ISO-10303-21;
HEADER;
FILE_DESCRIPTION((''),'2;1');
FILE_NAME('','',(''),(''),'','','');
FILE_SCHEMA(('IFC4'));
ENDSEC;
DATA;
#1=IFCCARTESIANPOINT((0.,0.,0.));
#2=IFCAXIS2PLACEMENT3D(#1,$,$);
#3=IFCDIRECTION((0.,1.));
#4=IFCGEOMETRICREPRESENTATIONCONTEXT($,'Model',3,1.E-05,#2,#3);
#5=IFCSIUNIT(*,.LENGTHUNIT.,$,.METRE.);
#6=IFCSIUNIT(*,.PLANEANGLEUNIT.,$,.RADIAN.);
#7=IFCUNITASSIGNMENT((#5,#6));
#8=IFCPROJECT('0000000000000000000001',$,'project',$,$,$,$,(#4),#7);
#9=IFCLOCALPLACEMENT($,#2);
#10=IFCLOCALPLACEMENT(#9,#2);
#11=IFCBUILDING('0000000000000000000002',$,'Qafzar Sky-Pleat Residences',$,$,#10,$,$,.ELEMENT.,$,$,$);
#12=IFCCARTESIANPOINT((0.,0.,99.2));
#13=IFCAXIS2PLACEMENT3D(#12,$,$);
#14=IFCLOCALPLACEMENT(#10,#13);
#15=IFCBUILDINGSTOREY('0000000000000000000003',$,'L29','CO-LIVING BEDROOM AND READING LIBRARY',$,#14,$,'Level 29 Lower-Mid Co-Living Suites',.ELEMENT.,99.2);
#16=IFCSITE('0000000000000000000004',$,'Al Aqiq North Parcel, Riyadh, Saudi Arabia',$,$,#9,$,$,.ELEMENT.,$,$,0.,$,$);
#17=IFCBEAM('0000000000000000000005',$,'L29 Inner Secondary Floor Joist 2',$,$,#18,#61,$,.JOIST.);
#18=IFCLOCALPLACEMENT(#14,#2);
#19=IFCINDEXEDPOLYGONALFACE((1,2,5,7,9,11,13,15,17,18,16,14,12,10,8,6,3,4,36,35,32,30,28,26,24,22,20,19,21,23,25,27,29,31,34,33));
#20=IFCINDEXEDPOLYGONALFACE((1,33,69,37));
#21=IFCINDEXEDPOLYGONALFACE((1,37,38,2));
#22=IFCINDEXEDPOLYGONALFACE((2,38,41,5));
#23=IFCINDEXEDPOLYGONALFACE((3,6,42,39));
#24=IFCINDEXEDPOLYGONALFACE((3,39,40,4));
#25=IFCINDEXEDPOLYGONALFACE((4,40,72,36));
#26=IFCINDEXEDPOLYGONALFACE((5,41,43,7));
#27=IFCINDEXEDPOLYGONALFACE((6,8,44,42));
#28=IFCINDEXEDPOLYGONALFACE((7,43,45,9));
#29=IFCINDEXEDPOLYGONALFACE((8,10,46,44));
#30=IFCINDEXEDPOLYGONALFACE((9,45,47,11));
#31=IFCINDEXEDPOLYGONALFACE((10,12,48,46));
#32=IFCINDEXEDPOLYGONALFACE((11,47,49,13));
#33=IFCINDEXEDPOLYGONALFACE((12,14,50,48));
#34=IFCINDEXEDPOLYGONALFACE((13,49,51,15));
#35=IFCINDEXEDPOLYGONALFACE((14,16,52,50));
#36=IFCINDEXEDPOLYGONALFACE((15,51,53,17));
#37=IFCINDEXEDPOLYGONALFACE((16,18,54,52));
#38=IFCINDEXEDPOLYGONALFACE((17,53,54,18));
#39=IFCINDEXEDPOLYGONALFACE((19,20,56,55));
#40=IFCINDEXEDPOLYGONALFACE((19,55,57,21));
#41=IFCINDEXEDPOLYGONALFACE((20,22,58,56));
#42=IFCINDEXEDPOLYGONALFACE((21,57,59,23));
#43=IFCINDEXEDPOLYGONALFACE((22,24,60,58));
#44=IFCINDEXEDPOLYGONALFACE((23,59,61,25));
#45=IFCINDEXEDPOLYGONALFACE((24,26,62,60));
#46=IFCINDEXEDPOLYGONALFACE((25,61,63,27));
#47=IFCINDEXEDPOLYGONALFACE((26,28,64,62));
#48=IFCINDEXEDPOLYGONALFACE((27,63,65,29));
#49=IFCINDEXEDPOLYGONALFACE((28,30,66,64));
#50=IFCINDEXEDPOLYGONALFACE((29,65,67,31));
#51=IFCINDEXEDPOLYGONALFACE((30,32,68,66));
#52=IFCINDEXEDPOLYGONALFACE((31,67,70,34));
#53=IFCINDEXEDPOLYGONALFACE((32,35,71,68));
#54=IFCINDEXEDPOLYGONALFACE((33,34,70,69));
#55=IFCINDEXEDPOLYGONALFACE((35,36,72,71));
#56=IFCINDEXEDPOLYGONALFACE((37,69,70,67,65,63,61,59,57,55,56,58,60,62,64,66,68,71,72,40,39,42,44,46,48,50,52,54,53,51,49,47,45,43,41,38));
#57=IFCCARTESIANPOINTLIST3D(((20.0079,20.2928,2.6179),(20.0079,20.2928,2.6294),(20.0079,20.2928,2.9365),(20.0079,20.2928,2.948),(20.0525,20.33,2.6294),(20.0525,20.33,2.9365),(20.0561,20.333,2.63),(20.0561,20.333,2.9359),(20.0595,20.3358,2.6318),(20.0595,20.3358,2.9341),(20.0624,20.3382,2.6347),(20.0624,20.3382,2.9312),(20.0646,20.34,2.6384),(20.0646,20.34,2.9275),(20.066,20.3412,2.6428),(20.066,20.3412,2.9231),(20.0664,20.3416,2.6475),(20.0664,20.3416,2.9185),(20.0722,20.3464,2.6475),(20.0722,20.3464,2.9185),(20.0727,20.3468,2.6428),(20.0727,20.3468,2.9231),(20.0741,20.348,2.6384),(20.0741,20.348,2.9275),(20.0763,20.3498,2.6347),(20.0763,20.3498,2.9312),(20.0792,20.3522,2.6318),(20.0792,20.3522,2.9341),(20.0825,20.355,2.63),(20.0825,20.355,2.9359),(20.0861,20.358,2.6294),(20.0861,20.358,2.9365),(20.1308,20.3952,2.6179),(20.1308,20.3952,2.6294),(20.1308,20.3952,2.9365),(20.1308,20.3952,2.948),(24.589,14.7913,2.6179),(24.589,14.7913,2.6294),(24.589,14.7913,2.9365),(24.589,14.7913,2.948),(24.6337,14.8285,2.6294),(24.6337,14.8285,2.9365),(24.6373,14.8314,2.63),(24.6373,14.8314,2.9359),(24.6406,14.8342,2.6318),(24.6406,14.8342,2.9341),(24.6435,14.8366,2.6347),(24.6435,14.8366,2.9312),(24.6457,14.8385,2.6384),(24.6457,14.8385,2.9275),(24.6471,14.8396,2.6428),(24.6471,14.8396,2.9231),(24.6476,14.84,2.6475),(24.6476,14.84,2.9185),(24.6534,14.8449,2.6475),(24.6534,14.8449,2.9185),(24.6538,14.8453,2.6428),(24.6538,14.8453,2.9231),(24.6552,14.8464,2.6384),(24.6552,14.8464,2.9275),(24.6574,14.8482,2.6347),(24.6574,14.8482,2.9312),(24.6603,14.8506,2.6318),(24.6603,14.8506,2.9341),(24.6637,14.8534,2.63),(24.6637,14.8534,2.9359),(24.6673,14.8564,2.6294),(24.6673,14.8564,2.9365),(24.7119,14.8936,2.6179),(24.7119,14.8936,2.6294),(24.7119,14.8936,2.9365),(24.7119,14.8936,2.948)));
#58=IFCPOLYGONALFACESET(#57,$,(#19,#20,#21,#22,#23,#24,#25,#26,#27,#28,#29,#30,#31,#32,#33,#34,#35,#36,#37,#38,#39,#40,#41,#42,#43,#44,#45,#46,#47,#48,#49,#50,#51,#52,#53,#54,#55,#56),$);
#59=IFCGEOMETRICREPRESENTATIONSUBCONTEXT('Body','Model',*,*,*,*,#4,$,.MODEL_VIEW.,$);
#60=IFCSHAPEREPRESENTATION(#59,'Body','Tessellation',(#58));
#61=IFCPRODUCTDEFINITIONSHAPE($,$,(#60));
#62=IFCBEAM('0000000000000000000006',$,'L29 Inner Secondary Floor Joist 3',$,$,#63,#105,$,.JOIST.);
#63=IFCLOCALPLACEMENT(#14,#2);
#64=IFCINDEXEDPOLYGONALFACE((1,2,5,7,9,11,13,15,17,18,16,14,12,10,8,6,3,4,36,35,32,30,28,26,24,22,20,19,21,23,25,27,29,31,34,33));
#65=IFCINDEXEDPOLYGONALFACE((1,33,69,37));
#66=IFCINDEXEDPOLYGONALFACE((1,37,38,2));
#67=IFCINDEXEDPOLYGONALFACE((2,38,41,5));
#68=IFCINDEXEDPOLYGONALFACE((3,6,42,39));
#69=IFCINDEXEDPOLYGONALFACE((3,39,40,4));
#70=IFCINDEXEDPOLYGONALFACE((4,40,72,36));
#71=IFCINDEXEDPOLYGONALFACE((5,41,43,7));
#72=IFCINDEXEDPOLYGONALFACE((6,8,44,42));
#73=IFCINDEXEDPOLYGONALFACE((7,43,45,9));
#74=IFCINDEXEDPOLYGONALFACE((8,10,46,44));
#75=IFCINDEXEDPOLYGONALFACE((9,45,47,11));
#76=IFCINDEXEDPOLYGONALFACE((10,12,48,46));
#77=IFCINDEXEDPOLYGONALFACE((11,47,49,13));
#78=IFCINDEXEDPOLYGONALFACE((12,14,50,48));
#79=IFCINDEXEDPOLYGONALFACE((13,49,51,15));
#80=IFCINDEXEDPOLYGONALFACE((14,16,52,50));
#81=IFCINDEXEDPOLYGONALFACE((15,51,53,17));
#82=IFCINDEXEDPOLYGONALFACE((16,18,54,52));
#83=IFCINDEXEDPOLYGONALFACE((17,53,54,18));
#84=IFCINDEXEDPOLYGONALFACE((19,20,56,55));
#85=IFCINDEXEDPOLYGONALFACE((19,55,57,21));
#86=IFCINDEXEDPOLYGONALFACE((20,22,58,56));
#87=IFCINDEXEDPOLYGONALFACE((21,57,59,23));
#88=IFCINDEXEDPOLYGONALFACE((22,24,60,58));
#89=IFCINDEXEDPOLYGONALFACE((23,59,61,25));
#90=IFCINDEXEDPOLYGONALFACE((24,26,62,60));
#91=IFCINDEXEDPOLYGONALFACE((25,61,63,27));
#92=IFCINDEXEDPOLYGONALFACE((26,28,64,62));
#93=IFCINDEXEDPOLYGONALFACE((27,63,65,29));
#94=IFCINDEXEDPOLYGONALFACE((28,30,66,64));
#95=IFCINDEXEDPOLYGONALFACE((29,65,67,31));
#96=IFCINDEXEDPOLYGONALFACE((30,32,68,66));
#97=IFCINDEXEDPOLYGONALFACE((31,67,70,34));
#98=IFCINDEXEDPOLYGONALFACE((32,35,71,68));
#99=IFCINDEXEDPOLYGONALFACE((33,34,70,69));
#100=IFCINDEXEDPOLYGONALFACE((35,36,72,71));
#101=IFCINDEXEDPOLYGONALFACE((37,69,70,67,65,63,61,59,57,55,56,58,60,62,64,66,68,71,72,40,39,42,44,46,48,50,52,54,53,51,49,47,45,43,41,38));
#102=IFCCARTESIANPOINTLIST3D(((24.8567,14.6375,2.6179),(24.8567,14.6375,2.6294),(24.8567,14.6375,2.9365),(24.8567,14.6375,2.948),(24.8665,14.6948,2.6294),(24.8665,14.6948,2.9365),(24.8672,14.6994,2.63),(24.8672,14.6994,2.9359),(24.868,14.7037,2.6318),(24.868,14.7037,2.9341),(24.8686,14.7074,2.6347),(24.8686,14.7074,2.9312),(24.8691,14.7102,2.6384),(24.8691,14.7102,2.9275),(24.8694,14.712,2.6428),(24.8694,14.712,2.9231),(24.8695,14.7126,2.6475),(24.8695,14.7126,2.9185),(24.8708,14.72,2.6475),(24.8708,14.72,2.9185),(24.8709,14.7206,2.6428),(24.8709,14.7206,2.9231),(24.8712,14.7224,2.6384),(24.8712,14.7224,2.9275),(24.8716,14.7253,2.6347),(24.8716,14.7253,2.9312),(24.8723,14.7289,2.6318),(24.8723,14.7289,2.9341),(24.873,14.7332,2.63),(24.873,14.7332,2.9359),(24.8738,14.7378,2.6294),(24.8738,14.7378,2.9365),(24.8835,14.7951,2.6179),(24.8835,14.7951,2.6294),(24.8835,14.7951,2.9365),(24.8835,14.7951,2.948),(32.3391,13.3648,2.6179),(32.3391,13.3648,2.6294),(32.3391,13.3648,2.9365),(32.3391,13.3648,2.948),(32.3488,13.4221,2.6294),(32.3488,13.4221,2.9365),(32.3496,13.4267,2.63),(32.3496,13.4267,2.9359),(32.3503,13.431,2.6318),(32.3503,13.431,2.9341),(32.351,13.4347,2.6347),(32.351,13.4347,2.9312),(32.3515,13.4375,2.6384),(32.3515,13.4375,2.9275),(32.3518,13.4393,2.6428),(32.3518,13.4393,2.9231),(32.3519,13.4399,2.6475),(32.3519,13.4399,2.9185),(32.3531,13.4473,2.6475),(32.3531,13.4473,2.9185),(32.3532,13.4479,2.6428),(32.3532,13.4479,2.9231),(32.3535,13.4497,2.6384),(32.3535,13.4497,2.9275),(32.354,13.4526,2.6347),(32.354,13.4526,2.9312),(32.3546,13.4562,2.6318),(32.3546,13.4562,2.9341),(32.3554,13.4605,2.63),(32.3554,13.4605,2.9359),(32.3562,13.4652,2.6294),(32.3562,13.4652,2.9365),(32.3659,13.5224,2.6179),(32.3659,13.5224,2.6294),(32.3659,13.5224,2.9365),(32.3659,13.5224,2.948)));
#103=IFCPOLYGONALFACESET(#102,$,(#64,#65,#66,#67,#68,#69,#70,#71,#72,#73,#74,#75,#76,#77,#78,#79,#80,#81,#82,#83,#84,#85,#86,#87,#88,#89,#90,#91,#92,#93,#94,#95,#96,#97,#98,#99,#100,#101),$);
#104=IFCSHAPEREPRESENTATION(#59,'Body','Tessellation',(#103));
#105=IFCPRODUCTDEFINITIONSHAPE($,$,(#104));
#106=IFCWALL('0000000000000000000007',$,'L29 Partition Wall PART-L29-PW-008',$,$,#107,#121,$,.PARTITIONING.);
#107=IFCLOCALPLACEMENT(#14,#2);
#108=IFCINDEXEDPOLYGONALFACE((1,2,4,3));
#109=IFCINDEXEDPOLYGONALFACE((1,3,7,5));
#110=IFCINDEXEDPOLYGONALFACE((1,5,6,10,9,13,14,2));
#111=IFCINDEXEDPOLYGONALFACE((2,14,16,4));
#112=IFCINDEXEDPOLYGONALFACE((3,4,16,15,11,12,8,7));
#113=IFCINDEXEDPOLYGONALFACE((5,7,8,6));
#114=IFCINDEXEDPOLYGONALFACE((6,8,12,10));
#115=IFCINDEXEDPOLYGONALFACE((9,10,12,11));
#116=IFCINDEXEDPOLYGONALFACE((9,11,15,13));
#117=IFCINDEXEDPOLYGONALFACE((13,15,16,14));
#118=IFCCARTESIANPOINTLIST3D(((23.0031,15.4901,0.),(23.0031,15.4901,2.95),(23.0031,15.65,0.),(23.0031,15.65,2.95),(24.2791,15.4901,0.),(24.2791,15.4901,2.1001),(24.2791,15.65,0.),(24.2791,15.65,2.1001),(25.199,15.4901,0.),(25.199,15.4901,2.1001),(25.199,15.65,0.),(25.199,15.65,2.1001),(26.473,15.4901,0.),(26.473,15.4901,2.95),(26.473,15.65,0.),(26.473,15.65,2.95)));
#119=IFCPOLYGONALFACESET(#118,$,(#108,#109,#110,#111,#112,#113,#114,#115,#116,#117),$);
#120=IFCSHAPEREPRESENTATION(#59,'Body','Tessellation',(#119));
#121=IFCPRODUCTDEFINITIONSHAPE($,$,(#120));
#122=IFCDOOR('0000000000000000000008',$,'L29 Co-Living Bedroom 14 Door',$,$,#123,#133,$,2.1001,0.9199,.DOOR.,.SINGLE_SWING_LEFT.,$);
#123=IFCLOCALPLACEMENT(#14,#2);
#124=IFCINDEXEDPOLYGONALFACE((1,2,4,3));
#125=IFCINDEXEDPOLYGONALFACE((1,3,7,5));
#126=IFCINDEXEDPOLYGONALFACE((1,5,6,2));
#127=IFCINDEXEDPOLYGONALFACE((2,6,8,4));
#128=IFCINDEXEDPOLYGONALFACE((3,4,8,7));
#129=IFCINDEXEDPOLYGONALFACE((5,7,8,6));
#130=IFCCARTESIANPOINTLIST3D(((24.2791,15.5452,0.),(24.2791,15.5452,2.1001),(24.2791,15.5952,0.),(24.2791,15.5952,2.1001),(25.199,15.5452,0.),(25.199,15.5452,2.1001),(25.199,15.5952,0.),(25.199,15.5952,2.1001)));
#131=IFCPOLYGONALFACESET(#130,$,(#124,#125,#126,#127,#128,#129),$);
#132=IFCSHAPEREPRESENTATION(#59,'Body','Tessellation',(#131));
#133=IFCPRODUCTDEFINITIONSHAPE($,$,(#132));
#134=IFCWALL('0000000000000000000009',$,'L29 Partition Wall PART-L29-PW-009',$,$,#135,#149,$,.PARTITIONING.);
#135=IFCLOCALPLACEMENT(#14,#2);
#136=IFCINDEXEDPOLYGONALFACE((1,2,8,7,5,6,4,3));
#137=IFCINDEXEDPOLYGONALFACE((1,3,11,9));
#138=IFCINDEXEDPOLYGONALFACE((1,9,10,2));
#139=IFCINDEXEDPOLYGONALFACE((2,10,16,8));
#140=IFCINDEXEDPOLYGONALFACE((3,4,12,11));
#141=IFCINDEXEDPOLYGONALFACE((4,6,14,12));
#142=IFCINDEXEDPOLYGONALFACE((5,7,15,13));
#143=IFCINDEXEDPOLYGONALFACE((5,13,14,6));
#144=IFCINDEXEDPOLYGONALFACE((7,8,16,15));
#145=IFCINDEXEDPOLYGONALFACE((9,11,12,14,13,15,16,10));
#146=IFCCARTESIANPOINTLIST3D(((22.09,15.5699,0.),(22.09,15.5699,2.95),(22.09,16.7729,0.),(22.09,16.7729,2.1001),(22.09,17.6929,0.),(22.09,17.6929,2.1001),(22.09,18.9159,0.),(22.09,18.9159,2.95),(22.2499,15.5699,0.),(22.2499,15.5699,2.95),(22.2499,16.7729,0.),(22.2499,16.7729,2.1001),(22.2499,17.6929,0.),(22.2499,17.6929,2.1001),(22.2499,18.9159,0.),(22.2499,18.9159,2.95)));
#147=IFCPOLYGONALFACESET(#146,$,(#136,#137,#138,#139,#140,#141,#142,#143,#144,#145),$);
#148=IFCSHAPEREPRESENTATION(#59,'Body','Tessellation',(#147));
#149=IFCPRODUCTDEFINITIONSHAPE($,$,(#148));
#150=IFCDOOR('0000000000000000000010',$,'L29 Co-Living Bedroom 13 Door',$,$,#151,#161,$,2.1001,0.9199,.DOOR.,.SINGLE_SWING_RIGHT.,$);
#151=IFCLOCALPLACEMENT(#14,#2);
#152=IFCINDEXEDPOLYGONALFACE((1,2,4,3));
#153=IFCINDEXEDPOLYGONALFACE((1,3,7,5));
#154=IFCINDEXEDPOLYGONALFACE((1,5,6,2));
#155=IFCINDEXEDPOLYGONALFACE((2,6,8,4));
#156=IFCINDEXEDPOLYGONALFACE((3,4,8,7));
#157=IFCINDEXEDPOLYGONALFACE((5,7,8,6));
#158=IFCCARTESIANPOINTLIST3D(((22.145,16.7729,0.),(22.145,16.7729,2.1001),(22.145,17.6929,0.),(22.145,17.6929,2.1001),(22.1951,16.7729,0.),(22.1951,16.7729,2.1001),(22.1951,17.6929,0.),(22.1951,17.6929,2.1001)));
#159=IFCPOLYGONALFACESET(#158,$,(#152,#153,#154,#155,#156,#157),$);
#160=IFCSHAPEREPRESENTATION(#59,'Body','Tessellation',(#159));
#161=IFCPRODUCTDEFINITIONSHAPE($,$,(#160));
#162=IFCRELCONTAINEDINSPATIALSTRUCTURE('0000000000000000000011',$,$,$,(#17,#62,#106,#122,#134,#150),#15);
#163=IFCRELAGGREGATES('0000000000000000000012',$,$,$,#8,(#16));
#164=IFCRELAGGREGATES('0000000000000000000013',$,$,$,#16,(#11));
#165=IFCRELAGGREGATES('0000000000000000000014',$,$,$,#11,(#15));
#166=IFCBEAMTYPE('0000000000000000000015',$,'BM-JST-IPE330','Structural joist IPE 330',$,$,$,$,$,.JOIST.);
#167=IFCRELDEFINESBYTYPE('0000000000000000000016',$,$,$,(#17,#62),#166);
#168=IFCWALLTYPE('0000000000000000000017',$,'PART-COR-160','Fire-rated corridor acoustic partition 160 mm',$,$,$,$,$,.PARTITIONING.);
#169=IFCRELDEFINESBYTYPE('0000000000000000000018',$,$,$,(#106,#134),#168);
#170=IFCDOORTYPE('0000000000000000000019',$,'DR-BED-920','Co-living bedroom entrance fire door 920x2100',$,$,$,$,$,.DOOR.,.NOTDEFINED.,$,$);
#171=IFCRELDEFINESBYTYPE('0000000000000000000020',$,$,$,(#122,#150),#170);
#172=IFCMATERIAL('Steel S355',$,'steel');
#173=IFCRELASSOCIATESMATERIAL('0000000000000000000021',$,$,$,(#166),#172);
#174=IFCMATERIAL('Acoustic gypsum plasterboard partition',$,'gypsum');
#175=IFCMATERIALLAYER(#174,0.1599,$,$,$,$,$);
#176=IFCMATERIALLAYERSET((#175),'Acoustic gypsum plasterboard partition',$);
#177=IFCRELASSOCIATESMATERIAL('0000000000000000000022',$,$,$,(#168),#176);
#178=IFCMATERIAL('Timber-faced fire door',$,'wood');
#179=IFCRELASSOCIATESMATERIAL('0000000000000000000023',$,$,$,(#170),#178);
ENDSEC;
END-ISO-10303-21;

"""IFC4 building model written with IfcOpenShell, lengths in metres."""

from ifc_helpers import new_model, si_unit, direction, frame, frame_2d, origin, origin_2d, place, context, subcontext, project, spatial, rectangle, i_section, extrude, source, transform, mapped, material, layer, layer_set, material_profile, profile_set, type_object, element, fill, save


model = new_model("IFC4")

# Units and contexts
model_context = context("Model", 3, precision=1e-05, world=origin(), true_north=direction((0.0, 1.0)))
body_context = subcontext(model_context, "Body", "Model", "MODEL_VIEW")
ifc_project = project(units=[si_unit("LENGTHUNIT", "METRE"), si_unit("PLANEANGLEUNIT", "RADIAN")], contexts=[model_context])

# Site, building, storey
site_placement = place(None, origin())
site = spatial("IfcSite", under=ifc_project, at=site_placement, Name="Al Aqiq North Parcel, Riyadh, Saudi Arabia", CompositionType="ELEMENT", RefElevation=0.0)
building_placement = place(site_placement, origin())
building = spatial("IfcBuilding", under=site, at=building_placement, Name="Qafzar Sky-Pleat Residences", CompositionType="ELEMENT")
storey_placement = place(building_placement, frame((0.0, 0.0, 99.2)))
storey = spatial("IfcBuildingStorey", under=building, at=storey_placement, Name="L29", Description="CO-LIVING BEDROOM AND READING LIBRARY", LongName="Level 29 Lower-Mid Co-Living Suites", CompositionType="ELEMENT", Elevation=99.2)

# Beams
ifc_material_1 = material(Name="Steel S355", Category="steel")
ifc_material_profile = material_profile(ifc_material_1, i_section(OverallWidth=0.1599, OverallDepth=0.3301, WebThickness=0.0076, FlangeThickness=0.0115, FilletRadius=0.0181, at=origin_2d()), Name="IPE 330")
ifc_profile_set = profile_set([ifc_material_profile], Name="Steel S355")
beam_type = type_object("IfcBeamType", Name="BM-JST-IPE330", Description="Structural joist IPE 330", PredefinedType="JOIST", material=ifc_profile_set)
shared_shape_1 = source(origin(), body_context, "Body", "SweptSolid", [
    extrude(i_section(OverallWidth=0.1599, OverallDepth=0.3301, WebThickness=0.0076, FlangeThickness=0.0115, FilletRadius=0.0181, at=origin_2d()), origin(), (0.0, 0.0, 1.0), 7.1592),
])
beam_1_placement = place(storey_placement, frame((20.0693, 20.344, 2.783), z_axis=(0.639896, -0.768462, 0.0), x_axis=(0.768462, 0.639896, 0.0)))
element("IfcBeam", 1, at=beam_1_placement, inside=storey, type_object=beam_type, Name="L29 Inner Secondary Floor Joist 2", PredefinedType="JOIST", context=body_context, shape_type="MappedRepresentation", body=[
    mapped(shared_shape_1, transform((0.0, 0.0, 0.0), x_axis=(1.0, 0.0, 0.0), y_axis=(0.0, 1.0, 0.0), z_axis=(0.0, 0.0, 1.0), scale=1.0)),
])
shared_shape_2 = source(origin(), body_context, "Body", "SweptSolid", [
    extrude(i_section(OverallWidth=0.1599, OverallDepth=0.3301, WebThickness=0.0076, FlangeThickness=0.0115, FilletRadius=0.0181, at=origin_2d()), origin(), (0.0, 0.0, 1.0), 7.5898),
])
beam_2_placement = place(storey_placement, frame((24.8701, 14.7163, 2.783), z_axis=(0.985841, -0.167684, 0.0), x_axis=(0.167684, 0.985841, 0.0)))
element("IfcBeam", 2, at=beam_2_placement, inside=storey, type_object=beam_type, Name="L29 Inner Secondary Floor Joist 3", PredefinedType="JOIST", context=body_context, shape_type="MappedRepresentation", body=[
    mapped(shared_shape_2, transform((0.0, 0.0, 0.0), x_axis=(1.0, 0.0, 0.0), y_axis=(0.0, 1.0, 0.0), z_axis=(0.0, 0.0, 1.0), scale=1.0)),
])

# Walls, openings, doors
ifc_material_2 = material(Name="Acoustic gypsum plasterboard partition", Category="gypsum")
ifc_layer_1 = layer(ifc_material_2, 0.1599)
ifc_layer_set_1 = layer_set([ifc_layer_1], Name="Acoustic gypsum plasterboard partition")
wall_type_1 = type_object("IfcWallType", Name="PART-COR-160", Description="Fire-rated corridor acoustic partition 160 mm", PredefinedType="PARTITIONING", material=ifc_layer_set_1)
wall_1_placement = place(storey_placement, frame((26.4729, 15.5701, 0.0), z_axis=(0.0, 0.0, 1.0), x_axis=(-1.0, 0.0, 0.0)))
wall_1 = element("IfcWall", 3, at=wall_1_placement, inside=storey, type_object=wall_type_1, Name="L29 Partition Wall PART-L29-PW-008", PredefinedType="PARTITIONING", context=body_context, shape_type="SweptSolid", body=[
    extrude(rectangle(XDim=3.47, YDim=0.1599, at=frame_2d((1.7349, 0.0))), origin(), (0.0, 0.0, 1.0), 2.95),
])
opening_1_placement = place(wall_1_placement, frame((1.2739, 0.0, 0.0)))
opening_1 = element("IfcOpeningElement", 4, at=opening_1_placement, cuts=wall_1, PredefinedType="OPENING", context=body_context, shape_type="SweptSolid", body=[
    extrude(rectangle(XDim=0.9199, YDim=2.1001, at=frame_2d((0.46, 1.05))), frame((0.0, 0.0898, 0.0), z_axis=(0.0, -1.0, 0.0), x_axis=(1.0, 0.0, 0.0)), (0.0, 0.0, 1.0), 0.1799),
])
ifc_material_3 = material(Name="Timber-faced fire door", Category="wood")
door_type_1 = type_object("IfcDoorType", Name="DR-BED-920", Description="Co-living bedroom entrance fire door 920x2100", OperationType="NOTDEFINED", PredefinedType="DOOR", material=ifc_material_3)
shared_shape_3 = source(origin(), body_context, "Body", "SweptSolid", [
    extrude(rectangle(XDim=0.9199, YDim=2.1001, at=frame_2d((0.46, 1.05))), frame((0.0, 0.0249, 0.0), z_axis=(0.0, -1.0, 0.0), x_axis=(1.0, 0.0, 0.0)), (0.0, 0.0, 1.0), 0.05),
])
door_1_placement = place(opening_1_placement, origin())
door_1 = element("IfcDoor", 5, at=door_1_placement, inside=storey, type_object=door_type_1, Name="L29 Co-Living Bedroom 14 Door", OperationType="SINGLE_SWING_LEFT", OverallHeight=2.1001, OverallWidth=0.9199, PredefinedType="DOOR", context=body_context, shape_type="MappedRepresentation", body=[
    mapped(shared_shape_3, transform((0.0, 0.0, 0.0), x_axis=(1.0, 0.0, 0.0), y_axis=(0.0, 1.0, 0.0), z_axis=(0.0, 0.0, 1.0), scale=1.0)),
])
fill(opening_1, door_1)
wall_2_placement = place(storey_placement, frame((22.1699, 15.5701, 0.0), z_axis=(0.0, 0.0, 1.0), x_axis=(0.0, 1.0, 0.0)))
wall_2 = element("IfcWall", 6, at=wall_2_placement, inside=storey, type_object=wall_type_1, Name="L29 Partition Wall PART-L29-PW-009", PredefinedType="PARTITIONING", context=body_context, shape_type="SweptSolid", body=[
    extrude(rectangle(XDim=3.3459, YDim=0.1599, at=frame_2d((1.6729, 0.0))), origin(), (0.0, 0.0, 1.0), 2.95),
])
opening_2_placement = place(wall_2_placement, frame((1.2029, 0.0, 0.0)))
opening_2 = element("IfcOpeningElement", 7, at=opening_2_placement, cuts=wall_2, PredefinedType="OPENING", context=body_context, shape_type="SweptSolid", body=[
    extrude(rectangle(XDim=0.9199, YDim=2.1001, at=frame_2d((0.46, 1.05))), frame((0.0, 0.0898, 0.0), z_axis=(0.0, -1.0, 0.0), x_axis=(1.0, 0.0, 0.0)), (0.0, 0.0, 1.0), 0.1799),
])
door_2_placement = place(opening_2_placement, origin())
door_2 = element("IfcDoor", 8, at=door_2_placement, inside=storey, type_object=door_type_1, Name="L29 Co-Living Bedroom 13 Door", OperationType="SINGLE_SWING_RIGHT", OverallHeight=2.1001, OverallWidth=0.9199, PredefinedType="DOOR", context=body_context, shape_type="MappedRepresentation", body=[
    mapped(shared_shape_3, transform((0.0, 0.0, 0.0), x_axis=(1.0, 0.0, 0.0), y_axis=(0.0, 1.0, 0.0), z_axis=(0.0, 0.0, 1.0), scale=1.0)),
])
fill(opening_2, door_2)

save(model, "model.ifc")
